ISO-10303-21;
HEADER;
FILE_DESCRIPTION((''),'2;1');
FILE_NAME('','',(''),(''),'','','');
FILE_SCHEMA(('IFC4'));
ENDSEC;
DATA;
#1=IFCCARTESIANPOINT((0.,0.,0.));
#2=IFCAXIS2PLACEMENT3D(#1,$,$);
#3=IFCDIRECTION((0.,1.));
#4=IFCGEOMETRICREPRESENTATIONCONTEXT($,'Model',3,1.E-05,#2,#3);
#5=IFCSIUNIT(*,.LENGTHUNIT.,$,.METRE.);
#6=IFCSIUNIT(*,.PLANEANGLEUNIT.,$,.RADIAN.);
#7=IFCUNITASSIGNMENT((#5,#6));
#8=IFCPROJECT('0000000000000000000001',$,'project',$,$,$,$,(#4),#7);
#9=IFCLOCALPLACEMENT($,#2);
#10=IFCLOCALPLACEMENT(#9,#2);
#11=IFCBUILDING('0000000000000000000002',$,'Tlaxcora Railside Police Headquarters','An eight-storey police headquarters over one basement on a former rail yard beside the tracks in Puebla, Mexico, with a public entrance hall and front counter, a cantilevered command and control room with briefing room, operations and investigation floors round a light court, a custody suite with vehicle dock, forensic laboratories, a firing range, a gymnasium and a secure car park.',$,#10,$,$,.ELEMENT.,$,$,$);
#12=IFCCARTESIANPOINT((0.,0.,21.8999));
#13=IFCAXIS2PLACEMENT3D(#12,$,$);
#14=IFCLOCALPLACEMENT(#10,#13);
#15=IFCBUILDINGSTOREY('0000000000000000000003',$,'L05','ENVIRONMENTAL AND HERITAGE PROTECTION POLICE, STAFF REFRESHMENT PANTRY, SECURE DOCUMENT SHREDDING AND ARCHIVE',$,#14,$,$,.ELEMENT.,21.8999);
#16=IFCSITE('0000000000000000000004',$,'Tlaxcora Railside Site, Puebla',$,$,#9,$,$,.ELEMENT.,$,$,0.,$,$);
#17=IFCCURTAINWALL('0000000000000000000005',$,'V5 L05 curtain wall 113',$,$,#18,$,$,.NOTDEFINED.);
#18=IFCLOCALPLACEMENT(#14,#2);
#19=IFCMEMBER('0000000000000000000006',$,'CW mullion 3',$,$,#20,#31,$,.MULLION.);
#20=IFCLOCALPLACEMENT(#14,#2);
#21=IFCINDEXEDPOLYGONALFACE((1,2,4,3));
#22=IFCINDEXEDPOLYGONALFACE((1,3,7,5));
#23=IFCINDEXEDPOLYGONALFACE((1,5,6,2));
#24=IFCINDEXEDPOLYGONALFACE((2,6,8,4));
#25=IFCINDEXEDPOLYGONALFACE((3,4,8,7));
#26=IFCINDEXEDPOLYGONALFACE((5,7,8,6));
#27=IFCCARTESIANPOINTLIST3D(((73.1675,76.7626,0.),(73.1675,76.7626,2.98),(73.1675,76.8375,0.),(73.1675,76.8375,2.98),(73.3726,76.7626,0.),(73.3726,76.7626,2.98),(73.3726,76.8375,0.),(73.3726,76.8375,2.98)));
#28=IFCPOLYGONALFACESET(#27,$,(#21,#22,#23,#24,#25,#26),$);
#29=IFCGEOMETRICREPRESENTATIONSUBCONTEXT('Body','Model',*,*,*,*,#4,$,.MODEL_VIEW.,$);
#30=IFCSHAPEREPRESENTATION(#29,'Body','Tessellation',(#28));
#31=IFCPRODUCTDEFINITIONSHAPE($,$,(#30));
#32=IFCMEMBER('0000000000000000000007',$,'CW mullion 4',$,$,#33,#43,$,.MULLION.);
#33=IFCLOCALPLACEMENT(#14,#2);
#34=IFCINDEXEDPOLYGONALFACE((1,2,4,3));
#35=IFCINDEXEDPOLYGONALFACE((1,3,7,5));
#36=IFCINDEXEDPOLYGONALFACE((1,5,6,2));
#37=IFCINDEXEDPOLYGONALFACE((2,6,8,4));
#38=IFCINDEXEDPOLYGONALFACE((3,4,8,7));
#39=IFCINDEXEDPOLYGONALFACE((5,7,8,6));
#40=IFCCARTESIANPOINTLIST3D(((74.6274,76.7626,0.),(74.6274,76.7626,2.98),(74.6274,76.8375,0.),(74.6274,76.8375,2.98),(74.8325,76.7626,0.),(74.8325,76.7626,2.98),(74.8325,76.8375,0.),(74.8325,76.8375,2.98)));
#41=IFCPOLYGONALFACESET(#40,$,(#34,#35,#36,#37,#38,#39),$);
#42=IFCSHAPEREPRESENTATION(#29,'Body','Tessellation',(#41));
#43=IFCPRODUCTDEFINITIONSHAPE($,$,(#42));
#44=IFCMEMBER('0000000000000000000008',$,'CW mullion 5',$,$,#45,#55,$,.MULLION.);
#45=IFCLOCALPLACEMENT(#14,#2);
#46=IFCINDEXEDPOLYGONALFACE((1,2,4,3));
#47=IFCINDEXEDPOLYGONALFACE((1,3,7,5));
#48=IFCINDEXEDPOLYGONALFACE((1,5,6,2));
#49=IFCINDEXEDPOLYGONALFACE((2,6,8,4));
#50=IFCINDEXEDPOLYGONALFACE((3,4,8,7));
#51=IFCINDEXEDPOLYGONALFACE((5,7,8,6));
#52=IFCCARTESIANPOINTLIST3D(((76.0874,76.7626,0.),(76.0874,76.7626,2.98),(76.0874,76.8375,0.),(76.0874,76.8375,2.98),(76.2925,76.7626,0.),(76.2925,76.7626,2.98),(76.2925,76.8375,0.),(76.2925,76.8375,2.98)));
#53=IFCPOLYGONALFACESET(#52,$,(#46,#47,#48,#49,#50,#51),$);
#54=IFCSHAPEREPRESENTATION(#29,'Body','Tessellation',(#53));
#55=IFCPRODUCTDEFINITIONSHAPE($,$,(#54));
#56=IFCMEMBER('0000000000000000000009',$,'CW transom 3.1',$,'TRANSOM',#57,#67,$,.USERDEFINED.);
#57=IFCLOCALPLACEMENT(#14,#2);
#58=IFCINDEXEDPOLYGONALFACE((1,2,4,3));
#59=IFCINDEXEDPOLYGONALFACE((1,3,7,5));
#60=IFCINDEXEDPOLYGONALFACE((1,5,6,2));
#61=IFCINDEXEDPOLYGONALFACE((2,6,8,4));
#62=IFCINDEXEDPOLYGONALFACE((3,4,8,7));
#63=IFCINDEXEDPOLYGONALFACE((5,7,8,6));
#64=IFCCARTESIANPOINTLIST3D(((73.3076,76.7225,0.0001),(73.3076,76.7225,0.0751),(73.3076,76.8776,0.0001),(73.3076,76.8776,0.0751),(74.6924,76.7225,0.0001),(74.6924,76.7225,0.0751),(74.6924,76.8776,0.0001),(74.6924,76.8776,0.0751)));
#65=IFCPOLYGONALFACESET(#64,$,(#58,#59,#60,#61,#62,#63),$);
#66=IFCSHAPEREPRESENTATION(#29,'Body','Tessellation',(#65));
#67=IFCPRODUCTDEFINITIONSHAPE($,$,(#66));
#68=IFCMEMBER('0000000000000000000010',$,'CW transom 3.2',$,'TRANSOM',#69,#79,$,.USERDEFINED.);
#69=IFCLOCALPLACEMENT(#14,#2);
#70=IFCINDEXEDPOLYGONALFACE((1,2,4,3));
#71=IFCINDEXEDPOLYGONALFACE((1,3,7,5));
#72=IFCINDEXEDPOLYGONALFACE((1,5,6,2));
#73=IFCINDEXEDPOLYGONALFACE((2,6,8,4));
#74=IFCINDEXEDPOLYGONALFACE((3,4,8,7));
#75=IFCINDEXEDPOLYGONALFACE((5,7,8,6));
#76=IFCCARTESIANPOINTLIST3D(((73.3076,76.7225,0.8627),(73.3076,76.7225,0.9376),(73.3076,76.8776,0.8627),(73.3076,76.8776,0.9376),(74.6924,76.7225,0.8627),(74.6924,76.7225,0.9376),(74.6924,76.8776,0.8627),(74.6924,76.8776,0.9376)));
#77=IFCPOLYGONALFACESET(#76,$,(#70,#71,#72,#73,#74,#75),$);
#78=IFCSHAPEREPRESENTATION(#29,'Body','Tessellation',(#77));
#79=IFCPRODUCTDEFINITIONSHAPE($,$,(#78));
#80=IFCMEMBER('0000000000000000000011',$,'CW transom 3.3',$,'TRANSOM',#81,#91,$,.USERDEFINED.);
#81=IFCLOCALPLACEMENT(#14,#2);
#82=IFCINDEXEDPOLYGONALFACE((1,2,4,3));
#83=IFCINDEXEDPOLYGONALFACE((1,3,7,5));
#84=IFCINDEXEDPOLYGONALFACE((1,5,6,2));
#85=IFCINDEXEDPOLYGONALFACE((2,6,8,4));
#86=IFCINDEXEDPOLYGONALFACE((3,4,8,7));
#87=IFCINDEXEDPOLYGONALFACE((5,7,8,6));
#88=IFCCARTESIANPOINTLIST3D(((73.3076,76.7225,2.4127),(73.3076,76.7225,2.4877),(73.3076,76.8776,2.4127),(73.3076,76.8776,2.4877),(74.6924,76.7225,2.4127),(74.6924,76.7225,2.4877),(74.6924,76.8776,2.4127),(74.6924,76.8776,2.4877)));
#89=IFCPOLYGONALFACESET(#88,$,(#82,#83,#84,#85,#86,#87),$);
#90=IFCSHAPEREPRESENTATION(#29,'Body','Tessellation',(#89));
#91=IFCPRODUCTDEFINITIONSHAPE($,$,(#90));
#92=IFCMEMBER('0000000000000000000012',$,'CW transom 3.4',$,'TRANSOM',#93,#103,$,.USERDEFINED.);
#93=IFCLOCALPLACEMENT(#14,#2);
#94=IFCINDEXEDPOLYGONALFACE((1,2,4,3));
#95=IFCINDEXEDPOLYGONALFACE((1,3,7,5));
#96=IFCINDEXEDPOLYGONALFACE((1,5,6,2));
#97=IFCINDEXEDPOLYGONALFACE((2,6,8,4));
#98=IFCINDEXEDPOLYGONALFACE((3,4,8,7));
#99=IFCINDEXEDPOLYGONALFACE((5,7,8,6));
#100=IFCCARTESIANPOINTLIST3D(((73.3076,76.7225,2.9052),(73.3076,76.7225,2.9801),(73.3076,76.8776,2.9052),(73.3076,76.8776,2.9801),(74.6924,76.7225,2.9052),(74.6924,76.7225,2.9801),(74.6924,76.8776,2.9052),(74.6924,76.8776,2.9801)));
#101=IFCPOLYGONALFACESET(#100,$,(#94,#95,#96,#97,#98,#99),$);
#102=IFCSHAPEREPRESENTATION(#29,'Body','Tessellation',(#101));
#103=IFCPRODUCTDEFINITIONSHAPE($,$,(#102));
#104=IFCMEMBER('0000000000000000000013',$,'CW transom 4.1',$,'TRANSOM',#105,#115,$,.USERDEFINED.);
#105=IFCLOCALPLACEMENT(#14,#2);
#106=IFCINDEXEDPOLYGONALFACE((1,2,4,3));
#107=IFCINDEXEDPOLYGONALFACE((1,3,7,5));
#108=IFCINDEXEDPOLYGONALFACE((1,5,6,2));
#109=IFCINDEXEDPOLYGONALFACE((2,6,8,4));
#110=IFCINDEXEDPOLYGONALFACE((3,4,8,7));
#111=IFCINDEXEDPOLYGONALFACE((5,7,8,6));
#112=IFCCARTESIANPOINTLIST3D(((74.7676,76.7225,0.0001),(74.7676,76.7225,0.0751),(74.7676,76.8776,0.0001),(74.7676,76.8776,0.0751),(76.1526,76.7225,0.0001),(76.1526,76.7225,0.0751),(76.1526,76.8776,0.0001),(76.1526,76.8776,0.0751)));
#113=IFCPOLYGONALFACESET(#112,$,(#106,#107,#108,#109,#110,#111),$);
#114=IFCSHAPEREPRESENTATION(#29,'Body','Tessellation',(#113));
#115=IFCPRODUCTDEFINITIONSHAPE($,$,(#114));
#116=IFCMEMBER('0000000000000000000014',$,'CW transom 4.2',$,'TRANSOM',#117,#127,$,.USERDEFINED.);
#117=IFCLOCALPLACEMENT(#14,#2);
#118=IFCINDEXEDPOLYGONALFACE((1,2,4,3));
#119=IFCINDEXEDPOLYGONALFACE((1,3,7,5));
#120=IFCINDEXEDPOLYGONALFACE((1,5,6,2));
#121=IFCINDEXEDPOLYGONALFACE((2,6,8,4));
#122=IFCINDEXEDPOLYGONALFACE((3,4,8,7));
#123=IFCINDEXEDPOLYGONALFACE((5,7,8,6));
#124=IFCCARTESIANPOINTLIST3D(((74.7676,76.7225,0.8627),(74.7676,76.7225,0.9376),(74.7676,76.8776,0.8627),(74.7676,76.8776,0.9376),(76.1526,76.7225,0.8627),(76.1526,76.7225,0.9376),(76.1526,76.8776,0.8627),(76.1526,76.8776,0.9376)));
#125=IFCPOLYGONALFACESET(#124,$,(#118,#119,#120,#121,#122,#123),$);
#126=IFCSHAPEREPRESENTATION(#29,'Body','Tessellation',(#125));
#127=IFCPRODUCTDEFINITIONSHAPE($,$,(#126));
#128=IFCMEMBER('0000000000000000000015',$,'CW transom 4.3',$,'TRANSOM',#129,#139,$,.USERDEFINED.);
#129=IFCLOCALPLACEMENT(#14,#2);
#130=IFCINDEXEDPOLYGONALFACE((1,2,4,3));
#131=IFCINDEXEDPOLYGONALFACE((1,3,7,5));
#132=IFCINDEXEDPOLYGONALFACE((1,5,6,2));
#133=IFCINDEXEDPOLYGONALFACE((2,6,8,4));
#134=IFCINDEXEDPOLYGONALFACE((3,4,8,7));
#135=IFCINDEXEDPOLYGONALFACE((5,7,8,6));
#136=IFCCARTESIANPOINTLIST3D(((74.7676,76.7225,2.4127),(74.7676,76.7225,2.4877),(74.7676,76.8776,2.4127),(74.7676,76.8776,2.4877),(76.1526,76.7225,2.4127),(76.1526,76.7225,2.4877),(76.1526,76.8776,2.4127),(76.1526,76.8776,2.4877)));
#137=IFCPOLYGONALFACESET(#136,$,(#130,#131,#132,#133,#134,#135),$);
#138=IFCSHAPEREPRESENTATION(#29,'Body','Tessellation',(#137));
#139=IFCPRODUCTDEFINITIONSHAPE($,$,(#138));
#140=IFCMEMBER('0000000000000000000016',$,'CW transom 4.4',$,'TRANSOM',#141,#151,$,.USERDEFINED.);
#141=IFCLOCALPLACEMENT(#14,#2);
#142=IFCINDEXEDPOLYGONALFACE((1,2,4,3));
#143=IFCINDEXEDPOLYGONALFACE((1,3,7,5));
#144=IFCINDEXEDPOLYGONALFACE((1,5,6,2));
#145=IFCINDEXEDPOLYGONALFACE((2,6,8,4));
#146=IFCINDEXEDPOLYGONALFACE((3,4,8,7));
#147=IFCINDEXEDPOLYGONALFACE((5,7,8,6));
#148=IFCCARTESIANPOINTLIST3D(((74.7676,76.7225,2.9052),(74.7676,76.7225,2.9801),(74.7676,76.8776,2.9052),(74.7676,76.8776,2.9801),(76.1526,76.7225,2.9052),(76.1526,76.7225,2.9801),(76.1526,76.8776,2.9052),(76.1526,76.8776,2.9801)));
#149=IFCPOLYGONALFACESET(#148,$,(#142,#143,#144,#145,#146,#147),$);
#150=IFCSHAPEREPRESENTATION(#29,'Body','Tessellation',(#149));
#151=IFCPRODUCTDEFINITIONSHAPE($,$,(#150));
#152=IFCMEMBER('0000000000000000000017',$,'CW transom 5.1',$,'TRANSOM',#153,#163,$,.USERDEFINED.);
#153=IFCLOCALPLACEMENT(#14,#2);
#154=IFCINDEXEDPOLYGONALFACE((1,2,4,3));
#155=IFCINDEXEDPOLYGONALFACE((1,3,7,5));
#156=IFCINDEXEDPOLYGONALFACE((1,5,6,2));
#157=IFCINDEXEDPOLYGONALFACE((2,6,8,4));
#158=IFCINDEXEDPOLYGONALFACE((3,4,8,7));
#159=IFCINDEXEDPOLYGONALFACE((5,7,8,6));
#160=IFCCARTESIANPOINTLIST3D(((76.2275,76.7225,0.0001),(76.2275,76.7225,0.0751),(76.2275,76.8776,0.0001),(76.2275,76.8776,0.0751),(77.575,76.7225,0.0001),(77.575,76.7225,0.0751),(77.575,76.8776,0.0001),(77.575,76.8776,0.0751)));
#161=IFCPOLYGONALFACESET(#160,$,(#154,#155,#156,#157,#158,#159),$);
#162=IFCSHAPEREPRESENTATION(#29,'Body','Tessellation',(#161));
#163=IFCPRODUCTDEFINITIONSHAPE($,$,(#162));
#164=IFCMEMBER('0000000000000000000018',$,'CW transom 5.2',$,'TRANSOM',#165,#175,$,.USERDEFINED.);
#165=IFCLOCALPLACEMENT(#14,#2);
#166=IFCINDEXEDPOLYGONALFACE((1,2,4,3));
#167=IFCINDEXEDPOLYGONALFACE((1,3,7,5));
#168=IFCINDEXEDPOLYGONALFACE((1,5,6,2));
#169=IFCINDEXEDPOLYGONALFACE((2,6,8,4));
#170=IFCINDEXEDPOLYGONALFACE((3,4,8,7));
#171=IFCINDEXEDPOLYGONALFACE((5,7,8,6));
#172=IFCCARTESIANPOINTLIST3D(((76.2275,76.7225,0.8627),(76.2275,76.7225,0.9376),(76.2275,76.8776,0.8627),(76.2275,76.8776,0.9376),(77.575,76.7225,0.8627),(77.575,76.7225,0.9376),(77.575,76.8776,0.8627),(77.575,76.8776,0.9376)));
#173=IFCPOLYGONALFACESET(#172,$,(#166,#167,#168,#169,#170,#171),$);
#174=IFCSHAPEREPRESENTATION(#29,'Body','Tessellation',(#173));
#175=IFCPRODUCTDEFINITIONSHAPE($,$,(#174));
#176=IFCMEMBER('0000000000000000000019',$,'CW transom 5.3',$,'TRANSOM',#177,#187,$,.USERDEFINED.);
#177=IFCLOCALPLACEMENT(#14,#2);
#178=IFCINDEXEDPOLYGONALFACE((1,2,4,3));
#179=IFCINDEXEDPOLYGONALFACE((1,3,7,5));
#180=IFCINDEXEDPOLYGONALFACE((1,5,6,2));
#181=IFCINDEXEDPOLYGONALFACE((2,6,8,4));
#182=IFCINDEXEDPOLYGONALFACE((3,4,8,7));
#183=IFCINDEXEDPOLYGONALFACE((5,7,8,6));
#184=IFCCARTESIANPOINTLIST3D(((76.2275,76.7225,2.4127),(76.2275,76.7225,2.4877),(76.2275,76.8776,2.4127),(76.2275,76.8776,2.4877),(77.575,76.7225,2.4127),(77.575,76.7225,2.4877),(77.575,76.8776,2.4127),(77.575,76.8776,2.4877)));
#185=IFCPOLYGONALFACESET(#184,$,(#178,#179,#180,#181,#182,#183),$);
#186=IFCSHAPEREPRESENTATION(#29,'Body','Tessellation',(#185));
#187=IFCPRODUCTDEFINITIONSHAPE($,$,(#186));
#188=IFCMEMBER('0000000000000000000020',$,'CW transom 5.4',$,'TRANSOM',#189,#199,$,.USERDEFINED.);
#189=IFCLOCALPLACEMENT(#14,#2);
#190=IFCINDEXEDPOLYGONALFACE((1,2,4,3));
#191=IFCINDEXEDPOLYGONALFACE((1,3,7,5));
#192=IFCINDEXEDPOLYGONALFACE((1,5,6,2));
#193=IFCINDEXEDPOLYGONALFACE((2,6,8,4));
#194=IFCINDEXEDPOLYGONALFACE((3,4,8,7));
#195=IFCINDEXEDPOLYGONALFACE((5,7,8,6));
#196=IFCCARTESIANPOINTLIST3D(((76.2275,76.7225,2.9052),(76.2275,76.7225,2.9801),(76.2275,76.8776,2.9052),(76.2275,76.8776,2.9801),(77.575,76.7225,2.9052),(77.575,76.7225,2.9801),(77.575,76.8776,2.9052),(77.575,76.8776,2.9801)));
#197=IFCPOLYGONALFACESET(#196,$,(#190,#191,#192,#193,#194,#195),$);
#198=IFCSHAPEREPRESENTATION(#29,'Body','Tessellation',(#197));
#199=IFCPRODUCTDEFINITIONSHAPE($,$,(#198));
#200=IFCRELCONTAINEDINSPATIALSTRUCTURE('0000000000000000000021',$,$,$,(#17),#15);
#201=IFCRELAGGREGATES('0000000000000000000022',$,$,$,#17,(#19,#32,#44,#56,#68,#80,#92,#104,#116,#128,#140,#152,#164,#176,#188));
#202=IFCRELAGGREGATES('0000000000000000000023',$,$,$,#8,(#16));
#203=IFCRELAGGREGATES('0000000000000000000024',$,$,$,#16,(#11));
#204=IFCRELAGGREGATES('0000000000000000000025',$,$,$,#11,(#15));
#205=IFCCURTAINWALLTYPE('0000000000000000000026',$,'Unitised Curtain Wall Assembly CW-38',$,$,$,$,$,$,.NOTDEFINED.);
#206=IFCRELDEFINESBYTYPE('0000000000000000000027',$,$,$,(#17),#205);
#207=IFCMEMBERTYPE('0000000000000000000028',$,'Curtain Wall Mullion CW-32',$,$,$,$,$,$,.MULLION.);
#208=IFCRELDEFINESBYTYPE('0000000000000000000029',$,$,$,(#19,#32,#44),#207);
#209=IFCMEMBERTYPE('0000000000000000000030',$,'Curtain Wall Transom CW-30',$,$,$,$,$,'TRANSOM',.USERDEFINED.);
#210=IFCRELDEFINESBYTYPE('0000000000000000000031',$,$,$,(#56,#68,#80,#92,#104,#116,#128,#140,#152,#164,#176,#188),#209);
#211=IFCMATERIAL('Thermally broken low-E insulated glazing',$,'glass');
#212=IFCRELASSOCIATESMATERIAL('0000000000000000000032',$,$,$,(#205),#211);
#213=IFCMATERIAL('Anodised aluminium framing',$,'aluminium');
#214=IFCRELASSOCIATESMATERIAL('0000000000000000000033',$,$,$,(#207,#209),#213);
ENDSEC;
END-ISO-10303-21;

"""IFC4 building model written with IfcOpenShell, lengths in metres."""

from ifc_helpers import new_model, si_unit, direction, frame, origin, origin_2d, place, context, subcontext, project, spatial, rectangle, extrude, material, material_profile, profile_set, type_object, element, aggregate, save


model = new_model("IFC4")

# Units and contexts
model_context = context("Model", 3, precision=1e-05, world=origin(), true_north=direction((0.0, 1.0)))
body_context = subcontext(model_context, "Body", "Model", "MODEL_VIEW")
ifc_project = project(units=[si_unit("LENGTHUNIT", "METRE"), si_unit("PLANEANGLEUNIT", "RADIAN")], contexts=[model_context])

# Site, building, storey
site_placement = place(None, origin())
site = spatial("IfcSite", under=ifc_project, at=site_placement, Name="Tlaxcora Railside Site, Puebla", CompositionType="ELEMENT", RefElevation=0.0)
building_placement = place(site_placement, origin())
building = spatial("IfcBuilding", under=site, at=building_placement, Name="Tlaxcora Railside Police Headquarters", Description="An eight-storey police headquarters over one basement on a former rail yard beside the tracks in Puebla, Mexico, with a public entrance hall and front counter, a cantilevered command and control room with briefing room, operations and investigation floors round a light court, a custody suite with vehicle dock, forensic laboratories, a firing range, a gymnasium and a secure car park.", CompositionType="ELEMENT")
storey_placement = place(building_placement, frame((0.0, 0.0, 21.8999)))
storey = spatial("IfcBuildingStorey", under=building, at=storey_placement, Name="L05", Description="ENVIRONMENTAL AND HERITAGE PROTECTION POLICE, STAFF REFRESHMENT PANTRY, SECURE DOCUMENT SHREDDING AND ARCHIVE", CompositionType="ELEMENT", Elevation=21.8999)

# Curtain wall, members
ifc_material_1 = material(Name="Thermally broken low-E insulated glazing", Category="glass")
curtain_wall_type = type_object("IfcCurtainWallType", Name="Unitised Curtain Wall Assembly CW-38", PredefinedType="NOTDEFINED", material=ifc_material_1)
curtain_wall_placement = place(storey_placement, origin())
curtain_wall = element("IfcCurtainWall", 1, at=curtain_wall_placement, inside=storey, type_object=curtain_wall_type, Name="V5 L05 curtain wall 113", PredefinedType="NOTDEFINED")
ifc_material_2 = material(Name="Anodised aluminium framing", Category="aluminium")
ifc_material_profile_1 = material_profile(ifc_material_2, rectangle(XDim=0.075, YDim=0.2051, at=origin_2d()), Name="AL75X205")
ifc_profile_set_1 = profile_set([ifc_material_profile_1], Name="Anodised aluminium framing")
member_type_1 = type_object("IfcMemberType", Name="Curtain Wall Mullion CW-32", PredefinedType="MULLION", material=ifc_profile_set_1)
member_1_placement = place(storey_placement, frame((73.27, 76.8, 0.0), z_axis=(0.0, 0.0, 1.0), x_axis=(0.0, 1.0, 0.0)))
member_1 = element("IfcMember", 2, at=member_1_placement, type_object=member_type_1, Name="CW mullion 3", PredefinedType="MULLION", context=body_context, shape_type="SweptSolid", body=[
    extrude(rectangle(XDim=0.075, YDim=0.2051, at=origin_2d()), origin(), (0.0, 0.0, 1.0), 2.98),
])
member_2_placement = place(storey_placement, frame((74.73, 76.8, 0.0), z_axis=(0.0, 0.0, 1.0), x_axis=(0.0, 1.0, 0.0)))
member_2 = element("IfcMember", 3, at=member_2_placement, type_object=member_type_1, Name="CW mullion 4", PredefinedType="MULLION", context=body_context, shape_type="SweptSolid", body=[
    extrude(rectangle(XDim=0.075, YDim=0.2051, at=origin_2d()), origin(), (0.0, 0.0, 1.0), 2.98),
])
member_3_placement = place(storey_placement, frame((76.1899, 76.8, 0.0), z_axis=(0.0, 0.0, 1.0), x_axis=(0.0, 1.0, 0.0)))
member_3 = element("IfcMember", 4, at=member_3_placement, type_object=member_type_1, Name="CW mullion 5", PredefinedType="MULLION", context=body_context, shape_type="SweptSolid", body=[
    extrude(rectangle(XDim=0.075, YDim=0.2051, at=origin_2d()), origin(), (0.0, 0.0, 1.0), 2.98),
])
ifc_material_profile_2 = material_profile(ifc_material_2, rectangle(XDim=0.155, YDim=0.075, at=origin_2d()), Name="AL75X155")
ifc_profile_set_2 = profile_set([ifc_material_profile_2], Name="Anodised aluminium framing")
member_type_2 = type_object("IfcMemberType", Name="Curtain Wall Transom CW-30", ElementType="TRANSOM", PredefinedType="USERDEFINED", material=ifc_profile_set_2)
member_4_placement = place(storey_placement, frame((73.3076, 76.8, 0.0376), z_axis=(1.0, 0.0, 0.0), x_axis=(0.0, 1.0, 0.0)))
member_4 = element("IfcMember", 5, at=member_4_placement, type_object=member_type_2, Name="CW transom 3.1", ObjectType="TRANSOM", PredefinedType="USERDEFINED", context=body_context, shape_type="SweptSolid", body=[
    extrude(rectangle(XDim=0.155, YDim=0.075, at=origin_2d()), origin(), (0.0, 0.0, 1.0), 1.3848),
])
member_5_placement = place(storey_placement, frame((73.3076, 76.8, 0.9001), z_axis=(1.0, 0.0, 0.0), x_axis=(0.0, 1.0, 0.0)))
member_5 = element("IfcMember", 6, at=member_5_placement, type_object=member_type_2, Name="CW transom 3.2", ObjectType="TRANSOM", PredefinedType="USERDEFINED", context=body_context, shape_type="SweptSolid", body=[
    extrude(rectangle(XDim=0.155, YDim=0.075, at=origin_2d()), origin(), (0.0, 0.0, 1.0), 1.3848),
])
member_6_placement = place(storey_placement, frame((73.3076, 76.8, 2.4502), z_axis=(1.0, 0.0, 0.0), x_axis=(0.0, 1.0, 0.0)))
member_6 = element("IfcMember", 7, at=member_6_placement, type_object=member_type_2, Name="CW transom 3.3", ObjectType="TRANSOM", PredefinedType="USERDEFINED", context=body_context, shape_type="SweptSolid", body=[
    extrude(rectangle(XDim=0.155, YDim=0.075, at=origin_2d()), origin(), (0.0, 0.0, 1.0), 1.3848),
])
member_7_placement = place(storey_placement, frame((73.3076, 76.8, 2.9426), z_axis=(1.0, 0.0, 0.0), x_axis=(0.0, 1.0, 0.0)))
member_7 = element("IfcMember", 8, at=member_7_placement, type_object=member_type_2, Name="CW transom 3.4", ObjectType="TRANSOM", PredefinedType="USERDEFINED", context=body_context, shape_type="SweptSolid", body=[
    extrude(rectangle(XDim=0.155, YDim=0.075, at=origin_2d()), origin(), (0.0, 0.0, 1.0), 1.3848),
])
member_8_placement = place(storey_placement, frame((74.7676, 76.8, 0.0376), z_axis=(1.0, 0.0, 0.0), x_axis=(0.0, 1.0, 0.0)))
member_8 = element("IfcMember", 9, at=member_8_placement, type_object=member_type_2, Name="CW transom 4.1", ObjectType="TRANSOM", PredefinedType="USERDEFINED", context=body_context, shape_type="SweptSolid", body=[
    extrude(rectangle(XDim=0.155, YDim=0.075, at=origin_2d()), origin(), (0.0, 0.0, 1.0), 1.385),
])
member_9_placement = place(storey_placement, frame((74.7676, 76.8, 0.9001), z_axis=(1.0, 0.0, 0.0), x_axis=(0.0, 1.0, 0.0)))
member_9 = element("IfcMember", 10, at=member_9_placement, type_object=member_type_2, Name="CW transom 4.2", ObjectType="TRANSOM", PredefinedType="USERDEFINED", context=body_context, shape_type="SweptSolid", body=[
    extrude(rectangle(XDim=0.155, YDim=0.075, at=origin_2d()), origin(), (0.0, 0.0, 1.0), 1.385),
])
member_10_placement = place(storey_placement, frame((74.7676, 76.8, 2.4502), z_axis=(1.0, 0.0, 0.0), x_axis=(0.0, 1.0, 0.0)))
member_10 = element("IfcMember", 11, at=member_10_placement, type_object=member_type_2, Name="CW transom 4.3", ObjectType="TRANSOM", PredefinedType="USERDEFINED", context=body_context, shape_type="SweptSolid", body=[
    extrude(rectangle(XDim=0.155, YDim=0.075, at=origin_2d()), origin(), (0.0, 0.0, 1.0), 1.385),
])
member_11_placement = place(storey_placement, frame((74.7676, 76.8, 2.9426), z_axis=(1.0, 0.0, 0.0), x_axis=(0.0, 1.0, 0.0)))
member_11 = element("IfcMember", 12, at=member_11_placement, type_object=member_type_2, Name="CW transom 4.4", ObjectType="TRANSOM", PredefinedType="USERDEFINED", context=body_context, shape_type="SweptSolid", body=[
    extrude(rectangle(XDim=0.155, YDim=0.075, at=origin_2d()), origin(), (0.0, 0.0, 1.0), 1.385),
])
member_12_placement = place(storey_placement, frame((76.2275, 76.8, 0.0376), z_axis=(1.0, 0.0, 0.0), x_axis=(0.0, 1.0, 0.0)))
member_12 = element("IfcMember", 13, at=member_12_placement, type_object=member_type_2, Name="CW transom 5.1", ObjectType="TRANSOM", PredefinedType="USERDEFINED", context=body_context, shape_type="SweptSolid", body=[
    extrude(rectangle(XDim=0.155, YDim=0.075, at=origin_2d()), origin(), (0.0, 0.0, 1.0), 1.3474),
])
member_13_placement = place(storey_placement, frame((76.2275, 76.8, 0.9001), z_axis=(1.0, 0.0, 0.0), x_axis=(0.0, 1.0, 0.0)))
member_13 = element("IfcMember", 14, at=member_13_placement, type_object=member_type_2, Name="CW transom 5.2", ObjectType="TRANSOM", PredefinedType="USERDEFINED", context=body_context, shape_type="SweptSolid", body=[
    extrude(rectangle(XDim=0.155, YDim=0.075, at=origin_2d()), origin(), (0.0, 0.0, 1.0), 1.3474),
])
member_14_placement = place(storey_placement, frame((76.2275, 76.8, 2.4502), z_axis=(1.0, 0.0, 0.0), x_axis=(0.0, 1.0, 0.0)))
member_14 = element("IfcMember", 15, at=member_14_placement, type_object=member_type_2, Name="CW transom 5.3", ObjectType="TRANSOM", PredefinedType="USERDEFINED", context=body_context, shape_type="SweptSolid", body=[
    extrude(rectangle(XDim=0.155, YDim=0.075, at=origin_2d()), origin(), (0.0, 0.0, 1.0), 1.3474),
])
member_15_placement = place(storey_placement, frame((76.2275, 76.8, 2.9426), z_axis=(1.0, 0.0, 0.0), x_axis=(0.0, 1.0, 0.0)))
member_15 = element("IfcMember", 16, at=member_15_placement, type_object=member_type_2, Name="CW transom 5.4", ObjectType="TRANSOM", PredefinedType="USERDEFINED", context=body_context, shape_type="SweptSolid", body=[
    extrude(rectangle(XDim=0.155, YDim=0.075, at=origin_2d()), origin(), (0.0, 0.0, 1.0), 1.3474),
])
aggregate(curtain_wall, [member_1, member_2, member_3, member_4, member_5, member_6, member_7, member_8, member_9, member_10, member_11, member_12, member_13, member_14, member_15])

save(model, "model.ifc")
